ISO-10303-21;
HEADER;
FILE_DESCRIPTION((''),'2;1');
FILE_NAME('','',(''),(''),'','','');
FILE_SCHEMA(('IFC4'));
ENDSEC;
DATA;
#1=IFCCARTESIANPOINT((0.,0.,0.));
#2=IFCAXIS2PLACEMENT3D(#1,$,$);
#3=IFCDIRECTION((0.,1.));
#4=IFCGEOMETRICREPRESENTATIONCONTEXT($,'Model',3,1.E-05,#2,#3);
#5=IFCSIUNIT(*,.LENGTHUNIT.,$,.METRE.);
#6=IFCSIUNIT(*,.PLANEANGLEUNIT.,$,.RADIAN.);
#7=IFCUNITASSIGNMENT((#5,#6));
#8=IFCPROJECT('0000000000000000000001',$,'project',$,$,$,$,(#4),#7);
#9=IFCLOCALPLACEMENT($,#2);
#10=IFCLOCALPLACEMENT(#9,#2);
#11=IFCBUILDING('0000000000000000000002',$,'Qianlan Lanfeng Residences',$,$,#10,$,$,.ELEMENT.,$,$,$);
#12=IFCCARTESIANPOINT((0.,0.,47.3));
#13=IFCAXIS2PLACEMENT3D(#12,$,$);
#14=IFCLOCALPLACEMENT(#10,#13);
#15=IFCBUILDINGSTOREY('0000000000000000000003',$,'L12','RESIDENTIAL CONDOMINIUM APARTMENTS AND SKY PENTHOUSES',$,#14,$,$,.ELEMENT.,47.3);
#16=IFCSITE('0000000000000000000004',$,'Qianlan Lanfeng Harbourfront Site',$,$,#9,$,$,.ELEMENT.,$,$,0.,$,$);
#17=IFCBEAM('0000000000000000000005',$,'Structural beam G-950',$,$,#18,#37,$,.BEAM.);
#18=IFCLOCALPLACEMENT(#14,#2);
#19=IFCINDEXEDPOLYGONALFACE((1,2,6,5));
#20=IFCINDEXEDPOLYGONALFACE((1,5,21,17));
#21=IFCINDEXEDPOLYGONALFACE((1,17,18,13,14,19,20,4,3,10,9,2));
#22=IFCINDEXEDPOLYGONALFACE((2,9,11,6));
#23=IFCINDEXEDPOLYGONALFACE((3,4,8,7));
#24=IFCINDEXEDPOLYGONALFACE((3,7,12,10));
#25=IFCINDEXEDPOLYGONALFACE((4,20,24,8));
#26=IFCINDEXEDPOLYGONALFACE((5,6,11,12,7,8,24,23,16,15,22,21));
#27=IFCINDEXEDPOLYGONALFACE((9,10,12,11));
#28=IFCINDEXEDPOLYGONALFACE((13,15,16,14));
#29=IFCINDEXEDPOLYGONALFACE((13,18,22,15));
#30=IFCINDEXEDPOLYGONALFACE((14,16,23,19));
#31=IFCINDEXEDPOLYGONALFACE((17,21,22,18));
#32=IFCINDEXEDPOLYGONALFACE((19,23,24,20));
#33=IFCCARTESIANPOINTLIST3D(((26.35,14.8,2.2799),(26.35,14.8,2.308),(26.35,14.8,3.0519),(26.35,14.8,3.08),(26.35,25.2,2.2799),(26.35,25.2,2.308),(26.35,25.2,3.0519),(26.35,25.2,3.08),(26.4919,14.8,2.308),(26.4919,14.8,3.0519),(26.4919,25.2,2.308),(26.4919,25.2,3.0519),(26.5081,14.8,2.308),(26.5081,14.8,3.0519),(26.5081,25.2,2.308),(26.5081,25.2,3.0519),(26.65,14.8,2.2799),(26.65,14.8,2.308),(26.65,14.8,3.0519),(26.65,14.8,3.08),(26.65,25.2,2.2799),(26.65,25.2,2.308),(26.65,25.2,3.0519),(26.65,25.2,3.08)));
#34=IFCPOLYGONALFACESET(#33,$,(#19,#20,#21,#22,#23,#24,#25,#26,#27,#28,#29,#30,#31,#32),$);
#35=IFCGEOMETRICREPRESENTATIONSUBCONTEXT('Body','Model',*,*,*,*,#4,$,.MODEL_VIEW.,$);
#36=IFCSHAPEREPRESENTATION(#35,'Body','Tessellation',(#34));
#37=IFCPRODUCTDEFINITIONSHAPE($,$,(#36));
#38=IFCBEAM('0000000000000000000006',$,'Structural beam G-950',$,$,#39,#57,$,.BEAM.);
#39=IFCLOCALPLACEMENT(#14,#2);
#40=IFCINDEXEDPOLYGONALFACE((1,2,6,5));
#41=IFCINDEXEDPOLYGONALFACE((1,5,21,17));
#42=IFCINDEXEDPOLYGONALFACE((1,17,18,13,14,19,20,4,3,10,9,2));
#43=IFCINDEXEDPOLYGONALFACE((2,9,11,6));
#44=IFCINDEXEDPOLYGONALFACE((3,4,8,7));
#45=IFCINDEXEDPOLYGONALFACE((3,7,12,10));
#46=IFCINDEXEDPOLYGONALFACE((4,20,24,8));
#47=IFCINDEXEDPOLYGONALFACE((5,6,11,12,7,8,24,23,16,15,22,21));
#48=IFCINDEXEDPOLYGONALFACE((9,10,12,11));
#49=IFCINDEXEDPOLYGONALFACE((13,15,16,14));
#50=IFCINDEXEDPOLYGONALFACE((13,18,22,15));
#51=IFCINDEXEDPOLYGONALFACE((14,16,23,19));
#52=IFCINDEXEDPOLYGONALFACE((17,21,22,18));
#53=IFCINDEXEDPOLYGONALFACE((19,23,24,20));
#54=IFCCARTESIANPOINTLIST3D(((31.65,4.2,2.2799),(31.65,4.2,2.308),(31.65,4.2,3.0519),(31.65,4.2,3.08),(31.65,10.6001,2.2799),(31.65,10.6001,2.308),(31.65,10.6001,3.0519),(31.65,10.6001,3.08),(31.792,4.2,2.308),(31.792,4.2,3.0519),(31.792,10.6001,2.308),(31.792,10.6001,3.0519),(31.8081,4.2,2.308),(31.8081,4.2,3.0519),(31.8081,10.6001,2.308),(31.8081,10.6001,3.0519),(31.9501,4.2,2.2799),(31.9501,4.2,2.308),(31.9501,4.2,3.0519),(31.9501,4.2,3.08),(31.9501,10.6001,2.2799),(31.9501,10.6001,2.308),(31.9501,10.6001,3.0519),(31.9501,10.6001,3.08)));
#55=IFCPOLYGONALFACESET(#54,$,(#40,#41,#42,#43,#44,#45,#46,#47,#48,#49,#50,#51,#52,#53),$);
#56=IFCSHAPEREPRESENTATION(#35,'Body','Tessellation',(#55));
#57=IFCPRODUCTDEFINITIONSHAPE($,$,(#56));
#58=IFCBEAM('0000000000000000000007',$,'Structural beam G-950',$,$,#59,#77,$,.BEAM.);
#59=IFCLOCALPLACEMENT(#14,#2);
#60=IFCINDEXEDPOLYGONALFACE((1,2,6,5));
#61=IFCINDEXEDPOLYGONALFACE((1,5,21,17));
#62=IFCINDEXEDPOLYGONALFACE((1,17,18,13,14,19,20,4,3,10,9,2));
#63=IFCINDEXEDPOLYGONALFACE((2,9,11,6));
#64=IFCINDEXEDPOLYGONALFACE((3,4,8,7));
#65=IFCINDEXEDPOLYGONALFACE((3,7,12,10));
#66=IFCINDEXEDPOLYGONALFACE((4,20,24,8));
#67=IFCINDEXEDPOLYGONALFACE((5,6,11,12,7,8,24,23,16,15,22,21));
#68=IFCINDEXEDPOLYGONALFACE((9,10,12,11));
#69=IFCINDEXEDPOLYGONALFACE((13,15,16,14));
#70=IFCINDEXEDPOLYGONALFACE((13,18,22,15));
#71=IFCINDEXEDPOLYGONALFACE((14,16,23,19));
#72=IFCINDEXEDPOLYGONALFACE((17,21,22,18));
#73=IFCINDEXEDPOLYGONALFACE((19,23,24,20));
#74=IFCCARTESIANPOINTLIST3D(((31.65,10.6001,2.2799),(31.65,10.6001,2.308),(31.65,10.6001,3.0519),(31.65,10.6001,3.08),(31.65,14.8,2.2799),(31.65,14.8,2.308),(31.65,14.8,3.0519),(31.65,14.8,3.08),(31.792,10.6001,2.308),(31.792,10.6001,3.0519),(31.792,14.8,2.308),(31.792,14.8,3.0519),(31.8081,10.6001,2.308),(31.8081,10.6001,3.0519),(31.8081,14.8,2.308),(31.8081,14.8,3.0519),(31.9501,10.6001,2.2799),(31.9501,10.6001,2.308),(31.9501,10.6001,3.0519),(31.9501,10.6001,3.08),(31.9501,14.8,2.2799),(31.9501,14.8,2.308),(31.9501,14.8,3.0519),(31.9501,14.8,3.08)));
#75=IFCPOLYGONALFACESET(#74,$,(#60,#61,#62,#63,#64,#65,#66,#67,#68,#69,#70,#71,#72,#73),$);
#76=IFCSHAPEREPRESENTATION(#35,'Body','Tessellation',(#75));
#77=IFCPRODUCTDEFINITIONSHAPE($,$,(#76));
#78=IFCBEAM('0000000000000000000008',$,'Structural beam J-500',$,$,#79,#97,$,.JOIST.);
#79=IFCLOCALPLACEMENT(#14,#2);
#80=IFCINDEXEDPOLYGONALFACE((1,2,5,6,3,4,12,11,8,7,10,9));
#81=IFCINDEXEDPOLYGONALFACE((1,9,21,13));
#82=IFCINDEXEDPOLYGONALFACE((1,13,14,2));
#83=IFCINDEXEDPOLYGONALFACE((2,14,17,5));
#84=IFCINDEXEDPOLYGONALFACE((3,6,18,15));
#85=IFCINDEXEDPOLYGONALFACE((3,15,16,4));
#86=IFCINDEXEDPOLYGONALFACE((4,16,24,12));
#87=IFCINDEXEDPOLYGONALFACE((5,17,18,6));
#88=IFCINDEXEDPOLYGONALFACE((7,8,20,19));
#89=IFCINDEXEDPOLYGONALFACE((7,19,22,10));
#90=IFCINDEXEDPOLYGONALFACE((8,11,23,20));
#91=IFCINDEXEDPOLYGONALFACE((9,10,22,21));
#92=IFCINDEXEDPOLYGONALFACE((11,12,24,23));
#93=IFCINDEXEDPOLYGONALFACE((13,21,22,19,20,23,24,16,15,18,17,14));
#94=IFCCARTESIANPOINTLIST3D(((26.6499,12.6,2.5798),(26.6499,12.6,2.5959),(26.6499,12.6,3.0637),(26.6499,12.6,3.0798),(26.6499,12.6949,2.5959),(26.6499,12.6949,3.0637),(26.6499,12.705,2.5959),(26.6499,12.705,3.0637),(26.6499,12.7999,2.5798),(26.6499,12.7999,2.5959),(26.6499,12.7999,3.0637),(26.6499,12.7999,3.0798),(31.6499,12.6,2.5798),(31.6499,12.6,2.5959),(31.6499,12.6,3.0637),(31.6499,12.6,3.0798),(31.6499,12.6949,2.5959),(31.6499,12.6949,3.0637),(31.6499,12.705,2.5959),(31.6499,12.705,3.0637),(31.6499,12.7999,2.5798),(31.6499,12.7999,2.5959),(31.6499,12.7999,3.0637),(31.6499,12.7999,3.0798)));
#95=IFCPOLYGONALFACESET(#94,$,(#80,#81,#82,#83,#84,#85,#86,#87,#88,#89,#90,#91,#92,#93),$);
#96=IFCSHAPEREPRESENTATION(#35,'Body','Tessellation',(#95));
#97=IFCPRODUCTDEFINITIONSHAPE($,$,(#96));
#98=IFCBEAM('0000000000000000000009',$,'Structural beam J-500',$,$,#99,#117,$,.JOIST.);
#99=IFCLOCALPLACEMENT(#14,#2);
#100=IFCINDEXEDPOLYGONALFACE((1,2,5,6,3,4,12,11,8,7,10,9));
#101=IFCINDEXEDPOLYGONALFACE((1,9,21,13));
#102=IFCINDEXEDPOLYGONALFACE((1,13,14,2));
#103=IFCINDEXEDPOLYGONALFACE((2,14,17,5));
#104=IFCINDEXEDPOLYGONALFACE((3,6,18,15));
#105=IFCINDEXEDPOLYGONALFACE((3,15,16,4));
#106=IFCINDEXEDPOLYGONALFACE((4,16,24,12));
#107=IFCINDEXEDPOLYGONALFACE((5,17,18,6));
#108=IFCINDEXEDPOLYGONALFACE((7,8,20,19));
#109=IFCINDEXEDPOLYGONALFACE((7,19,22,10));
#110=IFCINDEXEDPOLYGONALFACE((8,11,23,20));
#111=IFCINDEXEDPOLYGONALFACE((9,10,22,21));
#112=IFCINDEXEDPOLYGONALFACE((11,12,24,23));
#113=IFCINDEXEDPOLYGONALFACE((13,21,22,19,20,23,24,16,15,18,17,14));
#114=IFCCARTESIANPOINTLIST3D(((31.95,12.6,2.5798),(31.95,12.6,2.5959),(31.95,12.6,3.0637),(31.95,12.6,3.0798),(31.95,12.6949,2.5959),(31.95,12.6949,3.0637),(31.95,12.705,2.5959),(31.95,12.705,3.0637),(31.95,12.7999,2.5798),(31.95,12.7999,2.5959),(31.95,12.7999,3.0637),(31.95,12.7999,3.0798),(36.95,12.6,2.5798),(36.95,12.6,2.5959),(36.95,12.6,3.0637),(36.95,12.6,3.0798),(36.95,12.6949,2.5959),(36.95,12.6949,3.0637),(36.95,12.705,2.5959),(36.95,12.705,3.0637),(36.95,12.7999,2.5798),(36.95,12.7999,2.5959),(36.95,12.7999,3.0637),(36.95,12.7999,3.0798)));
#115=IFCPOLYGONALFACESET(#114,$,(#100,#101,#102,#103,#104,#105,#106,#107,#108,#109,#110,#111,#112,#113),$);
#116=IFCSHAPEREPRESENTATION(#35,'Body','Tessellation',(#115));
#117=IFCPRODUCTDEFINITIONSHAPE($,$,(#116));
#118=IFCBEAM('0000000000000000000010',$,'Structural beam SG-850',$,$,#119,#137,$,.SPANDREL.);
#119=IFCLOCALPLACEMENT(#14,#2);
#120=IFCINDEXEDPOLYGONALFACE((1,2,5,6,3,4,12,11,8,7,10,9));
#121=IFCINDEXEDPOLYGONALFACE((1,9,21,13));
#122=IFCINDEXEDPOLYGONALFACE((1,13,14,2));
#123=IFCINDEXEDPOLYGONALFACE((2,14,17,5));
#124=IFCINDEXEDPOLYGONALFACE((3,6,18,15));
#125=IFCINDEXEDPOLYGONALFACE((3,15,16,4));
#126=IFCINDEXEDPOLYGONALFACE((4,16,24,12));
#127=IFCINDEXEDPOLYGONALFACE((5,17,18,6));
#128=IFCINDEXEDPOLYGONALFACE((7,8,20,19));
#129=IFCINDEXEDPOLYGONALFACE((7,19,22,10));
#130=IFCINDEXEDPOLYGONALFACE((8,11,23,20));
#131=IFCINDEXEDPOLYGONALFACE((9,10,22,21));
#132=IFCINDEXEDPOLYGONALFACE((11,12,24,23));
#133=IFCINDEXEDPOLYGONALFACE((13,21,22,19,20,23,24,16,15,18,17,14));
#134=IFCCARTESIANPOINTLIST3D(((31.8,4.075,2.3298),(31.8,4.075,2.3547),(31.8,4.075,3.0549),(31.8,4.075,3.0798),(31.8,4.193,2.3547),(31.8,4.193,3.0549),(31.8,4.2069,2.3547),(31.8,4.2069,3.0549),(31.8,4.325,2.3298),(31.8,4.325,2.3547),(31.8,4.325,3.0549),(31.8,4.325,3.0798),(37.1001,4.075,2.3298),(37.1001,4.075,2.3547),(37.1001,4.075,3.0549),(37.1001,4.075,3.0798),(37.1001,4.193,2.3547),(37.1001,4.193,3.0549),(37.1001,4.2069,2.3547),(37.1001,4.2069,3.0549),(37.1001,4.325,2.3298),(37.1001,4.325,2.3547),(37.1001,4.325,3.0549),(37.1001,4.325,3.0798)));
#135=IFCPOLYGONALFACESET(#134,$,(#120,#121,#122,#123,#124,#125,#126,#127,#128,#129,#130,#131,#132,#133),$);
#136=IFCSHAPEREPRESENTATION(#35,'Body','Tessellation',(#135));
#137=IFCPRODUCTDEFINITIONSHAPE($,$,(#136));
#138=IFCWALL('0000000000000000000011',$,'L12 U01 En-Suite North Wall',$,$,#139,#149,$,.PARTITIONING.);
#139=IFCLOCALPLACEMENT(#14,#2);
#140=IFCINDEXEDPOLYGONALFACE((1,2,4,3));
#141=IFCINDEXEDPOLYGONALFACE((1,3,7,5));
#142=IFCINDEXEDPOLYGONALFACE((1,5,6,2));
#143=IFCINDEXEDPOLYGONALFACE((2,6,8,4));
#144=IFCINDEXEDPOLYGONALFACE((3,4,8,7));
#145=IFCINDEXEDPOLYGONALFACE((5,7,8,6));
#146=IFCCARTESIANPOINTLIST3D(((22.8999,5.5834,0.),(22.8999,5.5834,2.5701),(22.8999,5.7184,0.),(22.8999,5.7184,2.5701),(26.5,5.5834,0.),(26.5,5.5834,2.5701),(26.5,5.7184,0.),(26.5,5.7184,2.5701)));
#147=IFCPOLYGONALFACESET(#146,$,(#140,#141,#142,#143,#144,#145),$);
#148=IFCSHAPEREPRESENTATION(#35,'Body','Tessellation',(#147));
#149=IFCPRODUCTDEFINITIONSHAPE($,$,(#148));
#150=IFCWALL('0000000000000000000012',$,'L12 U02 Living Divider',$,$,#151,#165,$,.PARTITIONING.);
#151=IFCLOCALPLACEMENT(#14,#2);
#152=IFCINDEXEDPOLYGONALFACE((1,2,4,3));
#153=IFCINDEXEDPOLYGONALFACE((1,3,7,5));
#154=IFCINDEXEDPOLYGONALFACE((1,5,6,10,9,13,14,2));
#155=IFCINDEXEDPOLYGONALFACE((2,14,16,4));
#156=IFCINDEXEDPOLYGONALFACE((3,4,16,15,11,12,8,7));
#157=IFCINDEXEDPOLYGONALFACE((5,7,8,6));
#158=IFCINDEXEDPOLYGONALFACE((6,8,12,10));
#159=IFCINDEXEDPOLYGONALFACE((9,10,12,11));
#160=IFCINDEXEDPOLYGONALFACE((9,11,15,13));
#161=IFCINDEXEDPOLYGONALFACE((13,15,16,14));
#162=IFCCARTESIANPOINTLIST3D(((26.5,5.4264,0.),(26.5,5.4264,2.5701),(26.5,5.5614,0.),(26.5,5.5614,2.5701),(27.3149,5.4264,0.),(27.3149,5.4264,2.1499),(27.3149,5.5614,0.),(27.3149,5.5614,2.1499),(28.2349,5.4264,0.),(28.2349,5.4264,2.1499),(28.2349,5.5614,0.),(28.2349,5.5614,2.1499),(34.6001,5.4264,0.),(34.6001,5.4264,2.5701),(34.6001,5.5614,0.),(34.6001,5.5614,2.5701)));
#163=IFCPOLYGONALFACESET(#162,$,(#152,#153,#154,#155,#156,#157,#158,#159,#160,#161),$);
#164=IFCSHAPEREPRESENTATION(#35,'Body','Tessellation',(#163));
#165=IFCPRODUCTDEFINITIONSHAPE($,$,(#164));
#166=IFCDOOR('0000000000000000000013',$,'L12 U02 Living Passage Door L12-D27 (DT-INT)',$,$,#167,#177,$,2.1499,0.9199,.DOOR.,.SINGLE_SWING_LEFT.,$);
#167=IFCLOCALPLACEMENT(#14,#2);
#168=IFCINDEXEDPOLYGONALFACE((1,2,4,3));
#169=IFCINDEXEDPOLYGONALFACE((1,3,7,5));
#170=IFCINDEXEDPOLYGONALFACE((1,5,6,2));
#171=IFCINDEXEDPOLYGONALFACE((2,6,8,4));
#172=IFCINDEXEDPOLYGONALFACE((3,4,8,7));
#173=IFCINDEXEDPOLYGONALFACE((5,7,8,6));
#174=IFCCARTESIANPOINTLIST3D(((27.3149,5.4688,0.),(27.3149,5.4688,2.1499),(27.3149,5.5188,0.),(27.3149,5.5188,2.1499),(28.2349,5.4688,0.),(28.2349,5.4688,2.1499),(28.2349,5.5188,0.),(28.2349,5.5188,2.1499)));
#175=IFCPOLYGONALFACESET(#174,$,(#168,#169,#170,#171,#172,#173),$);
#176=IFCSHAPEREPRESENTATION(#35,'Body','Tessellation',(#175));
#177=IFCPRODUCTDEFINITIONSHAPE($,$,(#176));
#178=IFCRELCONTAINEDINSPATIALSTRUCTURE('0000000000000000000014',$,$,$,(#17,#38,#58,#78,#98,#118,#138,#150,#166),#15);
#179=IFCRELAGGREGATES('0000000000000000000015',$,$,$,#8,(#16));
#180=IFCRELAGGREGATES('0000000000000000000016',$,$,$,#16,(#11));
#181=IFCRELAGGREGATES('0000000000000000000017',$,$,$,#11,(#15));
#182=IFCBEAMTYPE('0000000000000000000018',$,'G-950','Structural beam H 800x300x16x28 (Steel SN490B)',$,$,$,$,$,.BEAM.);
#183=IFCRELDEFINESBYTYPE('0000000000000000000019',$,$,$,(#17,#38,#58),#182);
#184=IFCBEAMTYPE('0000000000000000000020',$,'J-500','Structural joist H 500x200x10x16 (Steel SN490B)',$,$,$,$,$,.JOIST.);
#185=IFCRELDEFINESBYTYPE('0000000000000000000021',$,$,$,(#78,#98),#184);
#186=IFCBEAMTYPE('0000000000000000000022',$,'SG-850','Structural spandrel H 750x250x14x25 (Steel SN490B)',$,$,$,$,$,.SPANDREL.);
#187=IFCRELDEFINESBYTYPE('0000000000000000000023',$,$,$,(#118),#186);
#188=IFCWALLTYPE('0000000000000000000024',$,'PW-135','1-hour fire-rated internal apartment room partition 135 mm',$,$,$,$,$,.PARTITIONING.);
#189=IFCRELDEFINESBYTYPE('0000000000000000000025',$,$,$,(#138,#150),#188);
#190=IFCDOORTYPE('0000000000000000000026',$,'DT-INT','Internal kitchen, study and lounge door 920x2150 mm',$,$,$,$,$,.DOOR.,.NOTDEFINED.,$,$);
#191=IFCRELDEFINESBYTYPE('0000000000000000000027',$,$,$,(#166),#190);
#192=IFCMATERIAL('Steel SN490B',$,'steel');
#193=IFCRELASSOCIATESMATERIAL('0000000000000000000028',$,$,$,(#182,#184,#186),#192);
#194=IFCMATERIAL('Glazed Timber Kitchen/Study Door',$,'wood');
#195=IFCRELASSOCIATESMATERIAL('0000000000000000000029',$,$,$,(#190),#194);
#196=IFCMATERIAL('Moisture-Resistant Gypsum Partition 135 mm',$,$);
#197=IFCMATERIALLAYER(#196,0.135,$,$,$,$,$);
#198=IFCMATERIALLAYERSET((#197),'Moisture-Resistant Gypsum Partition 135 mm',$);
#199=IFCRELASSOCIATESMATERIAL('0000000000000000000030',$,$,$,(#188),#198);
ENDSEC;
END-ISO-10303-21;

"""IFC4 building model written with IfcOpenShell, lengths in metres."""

from ifc_helpers import new_model, si_unit, direction, frame, frame_2d, origin, origin_2d, place, context, subcontext, project, spatial, rectangle, i_section, extrude, material, layer, layer_set, material_profile, profile_set, type_object, element, fill, save


model = new_model("IFC4")

# Units and contexts
model_context = context("Model", 3, precision=1e-05, world=origin(), true_north=direction((0.0, 1.0)))
body_context = subcontext(model_context, "Body", "Model", "MODEL_VIEW")
ifc_project = project(units=[si_unit("LENGTHUNIT", "METRE"), si_unit("PLANEANGLEUNIT", "RADIAN")], contexts=[model_context])

# Site, building, storey
site_placement = place(None, origin())
site = spatial("IfcSite", under=ifc_project, at=site_placement, Name="Qianlan Lanfeng Harbourfront Site", CompositionType="ELEMENT", RefElevation=0.0)
building_placement = place(site_placement, origin())
building = spatial("IfcBuilding", under=site, at=building_placement, Name="Qianlan Lanfeng Residences", CompositionType="ELEMENT")
storey_placement = place(building_placement, frame((0.0, 0.0, 47.3)))
storey = spatial("IfcBuildingStorey", under=building, at=storey_placement, Name="L12", Description="RESIDENTIAL CONDOMINIUM APARTMENTS AND SKY PENTHOUSES", CompositionType="ELEMENT", Elevation=47.3)

# Shared definitions
ifc_material_1 = material(Name="Steel SN490B", Category="steel")

# Beams
ifc_material_profile_1 = material_profile(ifc_material_1, i_section(OverallWidth=0.3, OverallDepth=0.8, WebThickness=0.0161, FlangeThickness=0.0281, at=origin_2d()), Name="H 800x300x16x28")
ifc_profile_set_1 = profile_set([ifc_material_profile_1], Name="Steel SN490B")
beam_type_1 = type_object("IfcBeamType", Name="G-950", Description="Structural beam H 800x300x16x28 (Steel SN490B)", PredefinedType="BEAM", material=ifc_profile_set_1)
beam_1_placement = place(storey_placement, frame((26.5, 14.8, 2.6799), z_axis=(0.0, 1.0, 0.0), x_axis=(-1.0, 0.0, 0.0)))
element("IfcBeam", 1, at=beam_1_placement, inside=storey, type_object=beam_type_1, Name="Structural beam G-950", PredefinedType="BEAM", context=body_context, shape_type="SweptSolid", body=[
    extrude(i_section(OverallWidth=0.3, OverallDepth=0.8, WebThickness=0.0161, FlangeThickness=0.0281, at=origin_2d()), origin(), (0.0, 0.0, 1.0), 10.3999),
])
beam_2_placement = place(storey_placement, frame((31.8, 4.2, 2.6799), z_axis=(0.0, 1.0, 0.0), x_axis=(-1.0, 0.0, 0.0)))
element("IfcBeam", 2, at=beam_2_placement, inside=storey, type_object=beam_type_1, Name="Structural beam G-950", PredefinedType="BEAM", context=body_context, shape_type="SweptSolid", body=[
    extrude(i_section(OverallWidth=0.3, OverallDepth=0.8, WebThickness=0.0161, FlangeThickness=0.0281, at=origin_2d()), origin(), (0.0, 0.0, 1.0), 6.4001),
])
beam_3_placement = place(storey_placement, frame((31.8, 10.6001, 2.6799), z_axis=(0.0, 1.0, 0.0), x_axis=(-1.0, 0.0, 0.0)))
element("IfcBeam", 3, at=beam_3_placement, inside=storey, type_object=beam_type_1, Name="Structural beam G-950", PredefinedType="BEAM", context=body_context, shape_type="SweptSolid", body=[
    extrude(i_section(OverallWidth=0.3, OverallDepth=0.8, WebThickness=0.0161, FlangeThickness=0.0281, at=origin_2d()), origin(), (0.0, 0.0, 1.0), 4.2),
])
ifc_material_profile_2 = material_profile(ifc_material_1, i_section(OverallWidth=0.2, OverallDepth=0.5, WebThickness=0.01, FlangeThickness=0.0161, at=origin_2d()), Name="H 500x200x10x16")
ifc_profile_set_2 = profile_set([ifc_material_profile_2], Name="Steel SN490B")
beam_type_2 = type_object("IfcBeamType", Name="J-500", Description="Structural joist H 500x200x10x16 (Steel SN490B)", PredefinedType="JOIST", material=ifc_profile_set_2)
for number, where, z_axis, x_axis, name in (
    (4, (26.6499, 12.7, 2.8298), (1.0, 0.0, 0.0), (0.0, 1.0, 0.0), "Structural beam J-500"),
    (5, (31.95, 12.7, 2.8298), (1.0, 0.0, 0.0), (0.0, 1.0, 0.0), "Structural beam J-500"),
):
    element("IfcBeam", number, at=place(storey_placement, frame(where, z_axis=z_axis, x_axis=x_axis)), inside=storey, type_object=beam_type_2, Name=name, PredefinedType="JOIST", context=body_context, shape_type="SweptSolid", body=[
        extrude(i_section(OverallWidth=0.2, OverallDepth=0.5, WebThickness=0.01, FlangeThickness=0.0161, at=origin_2d()), origin(), (0.0, 0.0, 1.0), 5.0),
    ])
ifc_material_profile_3 = material_profile(ifc_material_1, i_section(OverallWidth=0.25, OverallDepth=0.75, WebThickness=0.0139, FlangeThickness=0.0249, at=origin_2d()), Name="H 750x250x14x25")
ifc_profile_set_3 = profile_set([ifc_material_profile_3], Name="Steel SN490B")
beam_type_3 = type_object("IfcBeamType", Name="SG-850", Description="Structural spandrel H 750x250x14x25 (Steel SN490B)", PredefinedType="SPANDREL", material=ifc_profile_set_3)
beam_4_placement = place(storey_placement, frame((31.8, 4.2, 2.7048), z_axis=(1.0, 0.0, 0.0), x_axis=(0.0, 1.0, 0.0)))
element("IfcBeam", 6, at=beam_4_placement, inside=storey, type_object=beam_type_3, Name="Structural beam SG-850", PredefinedType="SPANDREL", context=body_context, shape_type="SweptSolid", body=[
    extrude(i_section(OverallWidth=0.25, OverallDepth=0.75, WebThickness=0.0139, FlangeThickness=0.0249, at=origin_2d()), origin(), (0.0, 0.0, 1.0), 5.3),
])

# Shared definitions
ifc_material_2 = material(Name="Glazed Timber Kitchen/Study Door", Category="wood")
door_type_1 = type_object("IfcDoorType", Name="DT-INT", Description="Internal kitchen, study and lounge door 920x2150 mm", OperationType="NOTDEFINED", PredefinedType="DOOR", material=ifc_material_2)

# Wall
ifc_material_3 = material(Name="Moisture-Resistant Gypsum Partition 135 mm")
ifc_layer_1 = layer(ifc_material_3, 0.135)
ifc_layer_set_1 = layer_set([ifc_layer_1], Name="Moisture-Resistant Gypsum Partition 135 mm")
wall_type_1 = type_object("IfcWallType", Name="PW-135", Description="1-hour fire-rated internal apartment room partition 135 mm", PredefinedType="PARTITIONING", material=ifc_layer_set_1)
wall_1_placement = place(storey_placement, frame((22.8999, 5.6509, 0.0), z_axis=(0.0, 0.0, 1.0), x_axis=(1.0, 0.0, 0.0)))
element("IfcWall", 7, at=wall_1_placement, inside=storey, type_object=wall_type_1, Name="L12 U01 En-Suite North Wall", PredefinedType="PARTITIONING", context=body_context, shape_type="SweptSolid", body=[
    extrude(rectangle(XDim=3.6001, YDim=0.135, at=frame_2d((1.8, 0.0))), origin(), (0.0, 0.0, 1.0), 2.5701),
])

# Wall, opening, door
wall_2_placement = place(storey_placement, frame((26.5, 5.4939, 0.0), z_axis=(0.0, 0.0, 1.0), x_axis=(1.0, 0.0, 0.0)))
wall_2 = element("IfcWall", 8, at=wall_2_placement, inside=storey, type_object=wall_type_1, Name="L12 U02 Living Divider", PredefinedType="PARTITIONING", context=body_context, shape_type="SweptSolid", body=[
    extrude(rectangle(XDim=8.1001, YDim=0.135, at=frame_2d((4.05, 0.0))), origin(), (0.0, 0.0, 1.0), 2.5701),
])
opening_1_placement = place(wall_2_placement, frame((0.8149, 0.0, 0.0)))
opening_1 = element("IfcOpeningElement", 9, at=opening_1_placement, cuts=wall_2, PredefinedType="OPENING", context=body_context, shape_type="SweptSolid", body=[
    extrude(rectangle(XDim=0.9199, YDim=2.1499, at=frame_2d((0.46, 1.075))), frame((0.0, 0.0776, 0.0), z_axis=(0.0, -1.0, 0.0), x_axis=(1.0, 0.0, 0.0)), (0.0, 0.0, 1.0), 0.155),
])
door_1_placement = place(opening_1_placement, origin())
door_1 = element("IfcDoor", 10, at=door_1_placement, inside=storey, type_object=door_type_1, Name="L12 U02 Living Passage Door L12-D27 (DT-INT)", OperationType="SINGLE_SWING_LEFT", OverallHeight=2.1499, OverallWidth=0.9199, PredefinedType="DOOR", context=body_context, shape_type="SweptSolid", body=[
    extrude(rectangle(XDim=0.9199, YDim=2.1499, at=frame_2d((0.46, 1.075))), frame((0.0, 0.0249, 0.0), z_axis=(0.0, -1.0, 0.0), x_axis=(1.0, 0.0, 0.0)), (0.0, 0.0, 1.0), 0.05),
])
fill(opening_1, door_1)

save(model, "model.ifc")
